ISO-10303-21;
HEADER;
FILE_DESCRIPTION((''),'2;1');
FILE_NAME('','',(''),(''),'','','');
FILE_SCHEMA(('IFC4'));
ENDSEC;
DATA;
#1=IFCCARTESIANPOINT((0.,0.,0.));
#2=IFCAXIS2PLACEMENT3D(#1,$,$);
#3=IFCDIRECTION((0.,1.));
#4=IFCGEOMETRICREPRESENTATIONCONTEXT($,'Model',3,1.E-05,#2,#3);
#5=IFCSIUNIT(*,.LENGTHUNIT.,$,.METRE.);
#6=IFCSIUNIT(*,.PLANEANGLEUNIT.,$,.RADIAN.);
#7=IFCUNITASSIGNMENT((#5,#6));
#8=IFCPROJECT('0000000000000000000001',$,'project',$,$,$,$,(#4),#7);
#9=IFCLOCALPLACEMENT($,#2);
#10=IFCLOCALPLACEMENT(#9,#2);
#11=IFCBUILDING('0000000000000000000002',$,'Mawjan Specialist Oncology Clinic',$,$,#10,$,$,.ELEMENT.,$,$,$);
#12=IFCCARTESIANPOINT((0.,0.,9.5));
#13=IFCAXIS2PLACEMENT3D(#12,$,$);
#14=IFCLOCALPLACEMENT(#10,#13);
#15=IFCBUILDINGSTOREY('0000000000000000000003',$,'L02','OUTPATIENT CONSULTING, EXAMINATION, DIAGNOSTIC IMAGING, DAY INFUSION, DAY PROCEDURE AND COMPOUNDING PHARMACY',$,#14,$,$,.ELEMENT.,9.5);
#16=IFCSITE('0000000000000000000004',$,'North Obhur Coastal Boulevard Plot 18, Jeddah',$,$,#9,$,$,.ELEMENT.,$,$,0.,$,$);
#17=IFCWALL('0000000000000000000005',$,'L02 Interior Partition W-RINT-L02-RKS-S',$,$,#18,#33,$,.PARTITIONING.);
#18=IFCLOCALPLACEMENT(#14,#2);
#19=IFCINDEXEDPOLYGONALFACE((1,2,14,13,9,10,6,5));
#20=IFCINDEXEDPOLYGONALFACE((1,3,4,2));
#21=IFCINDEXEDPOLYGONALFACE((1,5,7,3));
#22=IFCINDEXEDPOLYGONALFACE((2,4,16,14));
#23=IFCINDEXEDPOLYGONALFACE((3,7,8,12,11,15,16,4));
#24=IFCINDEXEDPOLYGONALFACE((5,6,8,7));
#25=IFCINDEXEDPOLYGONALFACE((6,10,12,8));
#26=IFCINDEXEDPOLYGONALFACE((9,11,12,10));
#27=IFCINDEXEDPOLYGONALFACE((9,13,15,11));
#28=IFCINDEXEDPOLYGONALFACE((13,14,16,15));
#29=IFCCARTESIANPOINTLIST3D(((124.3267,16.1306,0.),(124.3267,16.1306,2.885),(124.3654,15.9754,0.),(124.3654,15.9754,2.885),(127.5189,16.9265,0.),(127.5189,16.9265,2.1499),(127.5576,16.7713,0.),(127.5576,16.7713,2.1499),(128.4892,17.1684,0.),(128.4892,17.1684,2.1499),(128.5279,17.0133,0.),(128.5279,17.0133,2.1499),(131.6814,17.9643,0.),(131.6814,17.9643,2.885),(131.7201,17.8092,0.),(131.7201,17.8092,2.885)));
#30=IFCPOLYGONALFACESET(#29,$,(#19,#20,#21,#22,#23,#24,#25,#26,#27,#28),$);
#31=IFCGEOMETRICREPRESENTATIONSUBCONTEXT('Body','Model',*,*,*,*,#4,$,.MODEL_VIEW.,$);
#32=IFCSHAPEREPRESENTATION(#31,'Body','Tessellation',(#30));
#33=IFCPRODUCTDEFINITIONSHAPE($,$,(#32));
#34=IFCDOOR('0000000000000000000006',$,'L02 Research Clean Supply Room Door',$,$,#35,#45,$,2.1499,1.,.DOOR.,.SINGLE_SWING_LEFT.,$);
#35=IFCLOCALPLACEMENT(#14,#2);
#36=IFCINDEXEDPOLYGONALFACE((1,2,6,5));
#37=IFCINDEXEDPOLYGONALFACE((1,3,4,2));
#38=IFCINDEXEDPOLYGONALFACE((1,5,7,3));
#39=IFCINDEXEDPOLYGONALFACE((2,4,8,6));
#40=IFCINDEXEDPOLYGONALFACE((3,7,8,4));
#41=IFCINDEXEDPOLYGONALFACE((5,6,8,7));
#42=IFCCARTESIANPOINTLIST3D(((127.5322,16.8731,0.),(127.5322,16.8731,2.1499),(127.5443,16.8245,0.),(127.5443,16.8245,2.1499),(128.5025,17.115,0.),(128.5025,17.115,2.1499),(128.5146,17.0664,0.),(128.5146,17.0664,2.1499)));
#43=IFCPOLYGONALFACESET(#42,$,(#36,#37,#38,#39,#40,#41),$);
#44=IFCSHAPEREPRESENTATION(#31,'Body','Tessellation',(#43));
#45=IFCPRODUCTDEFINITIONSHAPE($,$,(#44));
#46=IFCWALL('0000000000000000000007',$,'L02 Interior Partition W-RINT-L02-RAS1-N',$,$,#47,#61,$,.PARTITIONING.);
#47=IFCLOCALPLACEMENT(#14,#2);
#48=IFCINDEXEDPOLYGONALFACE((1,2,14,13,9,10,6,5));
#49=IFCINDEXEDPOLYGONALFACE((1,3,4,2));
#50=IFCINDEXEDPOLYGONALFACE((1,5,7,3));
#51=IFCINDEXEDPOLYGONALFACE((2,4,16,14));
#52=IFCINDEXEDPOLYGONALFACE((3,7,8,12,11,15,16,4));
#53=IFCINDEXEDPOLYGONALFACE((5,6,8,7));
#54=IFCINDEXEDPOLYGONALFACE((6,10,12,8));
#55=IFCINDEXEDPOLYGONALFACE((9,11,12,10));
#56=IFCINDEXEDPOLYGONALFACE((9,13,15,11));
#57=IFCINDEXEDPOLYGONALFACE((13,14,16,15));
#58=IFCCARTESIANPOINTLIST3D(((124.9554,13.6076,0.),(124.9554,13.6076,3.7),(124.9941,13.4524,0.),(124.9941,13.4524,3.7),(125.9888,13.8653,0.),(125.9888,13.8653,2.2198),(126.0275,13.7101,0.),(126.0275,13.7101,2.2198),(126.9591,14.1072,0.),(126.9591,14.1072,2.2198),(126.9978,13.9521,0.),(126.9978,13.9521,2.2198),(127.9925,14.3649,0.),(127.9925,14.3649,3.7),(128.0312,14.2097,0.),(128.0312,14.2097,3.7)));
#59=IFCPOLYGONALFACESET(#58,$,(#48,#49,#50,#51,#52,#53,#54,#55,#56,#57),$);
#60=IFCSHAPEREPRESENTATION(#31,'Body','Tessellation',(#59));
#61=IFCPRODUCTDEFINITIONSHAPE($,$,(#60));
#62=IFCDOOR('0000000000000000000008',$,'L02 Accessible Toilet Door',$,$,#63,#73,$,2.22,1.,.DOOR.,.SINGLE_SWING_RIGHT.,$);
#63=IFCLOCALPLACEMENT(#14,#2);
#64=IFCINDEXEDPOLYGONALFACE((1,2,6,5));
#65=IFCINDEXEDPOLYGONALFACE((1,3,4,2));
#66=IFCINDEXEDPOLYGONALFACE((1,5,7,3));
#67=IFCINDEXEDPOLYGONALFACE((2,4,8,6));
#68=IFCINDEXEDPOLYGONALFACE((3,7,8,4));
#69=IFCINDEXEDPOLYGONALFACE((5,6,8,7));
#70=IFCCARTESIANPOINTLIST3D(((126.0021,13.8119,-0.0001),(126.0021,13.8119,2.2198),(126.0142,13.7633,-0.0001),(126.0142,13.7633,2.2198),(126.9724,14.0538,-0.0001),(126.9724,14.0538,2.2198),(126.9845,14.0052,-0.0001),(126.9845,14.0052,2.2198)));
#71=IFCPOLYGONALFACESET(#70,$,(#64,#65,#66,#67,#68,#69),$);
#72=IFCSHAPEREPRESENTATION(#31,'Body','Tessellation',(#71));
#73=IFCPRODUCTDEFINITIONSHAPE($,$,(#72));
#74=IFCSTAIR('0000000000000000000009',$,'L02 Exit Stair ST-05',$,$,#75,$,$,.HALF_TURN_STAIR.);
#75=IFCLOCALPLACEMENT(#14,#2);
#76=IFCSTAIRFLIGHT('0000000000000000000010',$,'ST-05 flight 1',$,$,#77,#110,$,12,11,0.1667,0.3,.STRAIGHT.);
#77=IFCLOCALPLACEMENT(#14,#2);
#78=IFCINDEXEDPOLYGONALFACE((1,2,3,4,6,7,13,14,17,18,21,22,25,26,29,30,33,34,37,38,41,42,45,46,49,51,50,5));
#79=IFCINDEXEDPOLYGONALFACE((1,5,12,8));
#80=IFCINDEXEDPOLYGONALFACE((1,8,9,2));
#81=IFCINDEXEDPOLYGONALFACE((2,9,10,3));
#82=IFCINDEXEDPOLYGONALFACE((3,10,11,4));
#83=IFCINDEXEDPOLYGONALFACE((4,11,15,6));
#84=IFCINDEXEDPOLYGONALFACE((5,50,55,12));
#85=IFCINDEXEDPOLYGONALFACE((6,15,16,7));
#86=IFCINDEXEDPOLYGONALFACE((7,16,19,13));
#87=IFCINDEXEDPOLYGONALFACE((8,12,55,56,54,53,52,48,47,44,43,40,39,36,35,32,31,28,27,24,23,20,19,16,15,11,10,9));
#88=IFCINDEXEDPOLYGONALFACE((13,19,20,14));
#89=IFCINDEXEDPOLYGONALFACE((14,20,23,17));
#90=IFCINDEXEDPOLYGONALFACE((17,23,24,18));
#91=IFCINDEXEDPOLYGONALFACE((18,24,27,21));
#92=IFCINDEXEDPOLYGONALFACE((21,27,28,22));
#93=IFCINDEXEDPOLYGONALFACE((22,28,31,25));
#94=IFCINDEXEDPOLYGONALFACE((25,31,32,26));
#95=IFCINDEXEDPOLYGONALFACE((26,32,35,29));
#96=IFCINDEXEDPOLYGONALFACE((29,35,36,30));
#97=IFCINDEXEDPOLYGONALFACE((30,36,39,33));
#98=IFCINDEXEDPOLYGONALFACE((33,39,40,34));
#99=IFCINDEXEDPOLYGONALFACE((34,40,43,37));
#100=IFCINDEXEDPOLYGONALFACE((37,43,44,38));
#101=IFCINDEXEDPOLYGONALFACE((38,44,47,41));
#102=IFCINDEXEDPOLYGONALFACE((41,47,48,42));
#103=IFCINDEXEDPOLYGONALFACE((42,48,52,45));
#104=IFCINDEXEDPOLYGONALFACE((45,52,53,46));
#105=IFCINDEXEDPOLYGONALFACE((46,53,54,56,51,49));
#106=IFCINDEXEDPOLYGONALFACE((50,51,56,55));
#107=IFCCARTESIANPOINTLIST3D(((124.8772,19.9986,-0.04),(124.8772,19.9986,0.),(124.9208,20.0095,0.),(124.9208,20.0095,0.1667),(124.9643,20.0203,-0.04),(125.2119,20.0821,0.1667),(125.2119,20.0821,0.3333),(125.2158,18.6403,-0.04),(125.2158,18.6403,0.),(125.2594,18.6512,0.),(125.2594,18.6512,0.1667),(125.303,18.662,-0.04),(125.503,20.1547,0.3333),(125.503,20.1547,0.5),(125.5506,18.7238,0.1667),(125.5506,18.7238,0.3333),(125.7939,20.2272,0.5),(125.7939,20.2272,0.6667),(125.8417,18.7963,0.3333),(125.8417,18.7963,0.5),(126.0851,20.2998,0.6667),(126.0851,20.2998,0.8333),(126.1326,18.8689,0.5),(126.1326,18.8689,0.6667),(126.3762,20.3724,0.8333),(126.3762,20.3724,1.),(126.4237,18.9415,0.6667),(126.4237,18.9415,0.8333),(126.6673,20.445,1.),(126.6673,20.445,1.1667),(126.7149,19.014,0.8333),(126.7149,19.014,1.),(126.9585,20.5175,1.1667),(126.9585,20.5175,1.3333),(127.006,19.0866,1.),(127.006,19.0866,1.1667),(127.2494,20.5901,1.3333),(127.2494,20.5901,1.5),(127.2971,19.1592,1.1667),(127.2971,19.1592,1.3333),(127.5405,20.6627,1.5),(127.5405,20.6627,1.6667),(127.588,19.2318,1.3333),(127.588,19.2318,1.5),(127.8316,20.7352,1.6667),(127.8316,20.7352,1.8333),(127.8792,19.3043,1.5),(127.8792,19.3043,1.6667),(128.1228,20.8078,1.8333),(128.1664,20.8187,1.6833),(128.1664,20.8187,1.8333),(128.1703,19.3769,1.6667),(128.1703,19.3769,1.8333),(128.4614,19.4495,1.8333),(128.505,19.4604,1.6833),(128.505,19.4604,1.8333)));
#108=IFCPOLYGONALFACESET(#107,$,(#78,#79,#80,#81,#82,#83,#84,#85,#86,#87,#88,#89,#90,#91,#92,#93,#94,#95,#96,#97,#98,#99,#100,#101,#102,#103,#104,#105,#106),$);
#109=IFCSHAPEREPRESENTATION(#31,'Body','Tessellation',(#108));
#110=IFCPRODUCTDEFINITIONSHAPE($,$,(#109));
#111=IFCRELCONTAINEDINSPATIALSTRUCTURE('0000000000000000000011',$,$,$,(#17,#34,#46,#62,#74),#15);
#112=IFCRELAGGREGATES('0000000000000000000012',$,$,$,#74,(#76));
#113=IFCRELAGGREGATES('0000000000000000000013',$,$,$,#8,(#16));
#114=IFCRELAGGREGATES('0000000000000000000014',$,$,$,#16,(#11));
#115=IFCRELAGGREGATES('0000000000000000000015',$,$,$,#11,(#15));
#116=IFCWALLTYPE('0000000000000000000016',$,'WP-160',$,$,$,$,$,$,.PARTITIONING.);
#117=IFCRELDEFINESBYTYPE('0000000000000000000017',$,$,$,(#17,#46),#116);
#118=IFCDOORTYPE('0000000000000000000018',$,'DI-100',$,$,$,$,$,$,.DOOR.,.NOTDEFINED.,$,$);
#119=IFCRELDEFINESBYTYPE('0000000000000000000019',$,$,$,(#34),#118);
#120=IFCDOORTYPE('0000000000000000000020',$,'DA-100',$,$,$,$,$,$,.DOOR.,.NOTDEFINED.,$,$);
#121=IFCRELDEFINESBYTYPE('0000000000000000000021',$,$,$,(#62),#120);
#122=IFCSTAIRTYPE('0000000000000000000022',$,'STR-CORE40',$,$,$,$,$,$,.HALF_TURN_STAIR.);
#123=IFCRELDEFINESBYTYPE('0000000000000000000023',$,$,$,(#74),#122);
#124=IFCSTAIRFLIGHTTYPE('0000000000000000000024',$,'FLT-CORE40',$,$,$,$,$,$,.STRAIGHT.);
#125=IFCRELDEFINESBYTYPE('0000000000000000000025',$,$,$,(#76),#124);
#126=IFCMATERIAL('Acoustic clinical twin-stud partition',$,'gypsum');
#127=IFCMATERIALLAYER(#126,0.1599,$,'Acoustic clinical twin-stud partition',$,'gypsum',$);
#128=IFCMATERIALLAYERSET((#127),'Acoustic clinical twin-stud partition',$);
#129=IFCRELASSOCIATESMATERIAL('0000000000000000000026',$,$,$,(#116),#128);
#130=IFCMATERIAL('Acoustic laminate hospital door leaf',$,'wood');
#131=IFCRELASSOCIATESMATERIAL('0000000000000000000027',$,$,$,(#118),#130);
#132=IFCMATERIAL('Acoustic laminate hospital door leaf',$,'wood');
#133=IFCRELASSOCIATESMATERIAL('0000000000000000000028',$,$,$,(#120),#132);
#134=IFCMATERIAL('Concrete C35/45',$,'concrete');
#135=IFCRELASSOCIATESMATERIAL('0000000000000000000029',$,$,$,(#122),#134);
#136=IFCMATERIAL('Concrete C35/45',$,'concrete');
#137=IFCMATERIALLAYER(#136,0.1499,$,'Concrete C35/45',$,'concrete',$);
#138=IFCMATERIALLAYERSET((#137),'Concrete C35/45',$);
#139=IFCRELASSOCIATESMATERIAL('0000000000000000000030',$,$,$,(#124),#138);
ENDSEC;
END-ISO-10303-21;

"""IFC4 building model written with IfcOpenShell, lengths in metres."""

from ifc_helpers import new_model, si_unit, direction, frame, frame_2d, origin, place, context, subcontext, project, spatial, polyline, rectangle, outline, extrude, material, layer, layer_set, type_object, element, fill, aggregate, save


model = new_model("IFC4")

# Units and contexts
model_context = context("Model", 3, precision=1e-05, world=origin(), true_north=direction((0.0, 1.0)))
body_context = subcontext(model_context, "Body", "Model", "MODEL_VIEW")
ifc_project = project(units=[si_unit("LENGTHUNIT", "METRE"), si_unit("PLANEANGLEUNIT", "RADIAN")], contexts=[model_context])

# Site, building, storey
site_placement = place(None, origin())
site = spatial("IfcSite", under=ifc_project, at=site_placement, Name="North Obhur Coastal Boulevard Plot 18, Jeddah", CompositionType="ELEMENT", RefElevation=0.0)
building_placement = place(site_placement, origin())
building = spatial("IfcBuilding", under=site, at=building_placement, Name="Mawjan Specialist Oncology Clinic", CompositionType="ELEMENT")
storey_placement = place(building_placement, frame((0.0, 0.0, 9.5)))
storey = spatial("IfcBuildingStorey", under=building, at=storey_placement, Name="L02", Description="OUTPATIENT CONSULTING, EXAMINATION, DIAGNOSTIC IMAGING, DAY INFUSION, DAY PROCEDURE AND COMPOUNDING PHARMACY", CompositionType="ELEMENT", Elevation=9.5)

# Walls, openings, doors
ifc_material_1 = material(Name="Acoustic clinical twin-stud partition", Category="gypsum")
ifc_layer_1 = layer(ifc_material_1, 0.1599, Name="Acoustic clinical twin-stud partition", Category="gypsum")
ifc_layer_set_1 = layer_set([ifc_layer_1], Name="Acoustic clinical twin-stud partition")
wall_type_1 = type_object("IfcWallType", Name="WP-160", PredefinedType="PARTITIONING", material=ifc_layer_set_1)
wall_1_placement = place(storey_placement, frame((124.3459, 16.053, 0.0), z_axis=(0.0, 0.0, 1.0), x_axis=(0.970296, 0.241922, 0.0)))
wall_1 = element("IfcWall", 1, at=wall_1_placement, inside=storey, type_object=wall_type_1, Name="L02 Interior Partition W-RINT-L02-RKS-S", PredefinedType="PARTITIONING", context=body_context, shape_type="SweptSolid", body=[
    extrude(rectangle(XDim=7.5798, YDim=0.1599, at=frame_2d((3.79, 0.0))), origin(), (0.0, 0.0, 1.0), 2.885),
])
opening_1_placement = place(wall_1_placement, frame((3.29, 0.0, 0.0)))
opening_1 = element("IfcOpeningElement", 2, at=opening_1_placement, cuts=wall_1, PredefinedType="OPENING", context=body_context, shape_type="SweptSolid", body=[
    extrude(rectangle(XDim=1.0, YDim=2.1499, at=frame_2d((0.5, 1.075))), frame((0.0, 0.092, 0.0), z_axis=(0.0, -1.0, 0.0), x_axis=(1.0, 0.0, 0.0)), (0.0, 0.0, 1.0), 0.1838),
])
ifc_material_2 = material(Name="Acoustic laminate hospital door leaf", Category="wood")
door_type_1 = type_object("IfcDoorType", Name="DI-100", OperationType="NOTDEFINED", PredefinedType="DOOR", material=ifc_material_2)
door_1_placement = place(opening_1_placement, origin())
door_1 = element("IfcDoor", 3, at=door_1_placement, inside=storey, type_object=door_type_1, Name="L02 Research Clean Supply Room Door", OperationType="SINGLE_SWING_LEFT", OverallHeight=2.1499, OverallWidth=1.0, PredefinedType="DOOR", context=body_context, shape_type="SweptSolid", body=[
    extrude(rectangle(XDim=1.0, YDim=2.1499, at=frame_2d((0.5, 1.075))), frame((0.0, 0.0249, 0.0), z_axis=(0.0, -1.0, 0.0), x_axis=(1.0, 0.0, 0.0)), (0.0, 0.0, 1.0), 0.05),
])
fill(opening_1, door_1)
wall_2_placement = place(storey_placement, frame((124.9749, 13.53, 0.0), z_axis=(0.0, 0.0, 1.0), x_axis=(0.970289, 0.241948, 0.0)))
wall_2 = element("IfcWall", 4, at=wall_2_placement, inside=storey, type_object=wall_type_1, Name="L02 Interior Partition W-RINT-L02-RAS1-N", PredefinedType="PARTITIONING", context=body_context, shape_type="SweptSolid", body=[
    extrude(rectangle(XDim=3.1301, YDim=0.1599, at=frame_2d((1.5649, 0.0))), origin(), (0.0, 0.0, 1.0), 3.7),
])
opening_2_placement = place(wall_2_placement, frame((1.0649, 0.0, 0.0)))
opening_2 = element("IfcOpeningElement", 5, at=opening_2_placement, cuts=wall_2, PredefinedType="OPENING", context=body_context, shape_type="SweptSolid", body=[
    extrude(rectangle(XDim=1.0, YDim=2.22, at=frame_2d((0.5, 1.1099))), frame((0.0, 0.092, 0.0), z_axis=(0.0, -1.0, 0.0), x_axis=(1.0, 0.0, 0.0)), (0.0, 0.0, 1.0), 0.1838),
])
ifc_material_3 = material(Name="Acoustic laminate hospital door leaf", Category="wood")
door_type_2 = type_object("IfcDoorType", Name="DA-100", OperationType="NOTDEFINED", PredefinedType="DOOR", material=ifc_material_3)
door_2_placement = place(opening_2_placement, origin())
door_2 = element("IfcDoor", 6, at=door_2_placement, inside=storey, type_object=door_type_2, Name="L02 Accessible Toilet Door", OperationType="SINGLE_SWING_RIGHT", OverallHeight=2.22, OverallWidth=1.0, PredefinedType="DOOR", context=body_context, shape_type="SweptSolid", body=[
    extrude(rectangle(XDim=1.0, YDim=2.22, at=frame_2d((0.5, 1.1099))), frame((0.0, 0.0249, 0.0), z_axis=(0.0, -1.0, 0.0), x_axis=(1.0, 0.0, 0.0)), (0.0, 0.0, 1.0), 0.05),
])
fill(opening_2, door_2)

# Stair, stair flight
ifc_material_4 = material(Name="Concrete C35/45", Category="concrete")
stair_type = type_object("IfcStairType", Name="STR-CORE40", PredefinedType="HALF_TURN_STAIR", material=ifc_material_4)
stair_placement = place(storey_placement, origin())
stair = element("IfcStair", 7, at=stair_placement, inside=storey, type_object=stair_type, Name="L02 Exit Stair ST-05", PredefinedType="HALF_TURN_STAIR")
ifc_material_5 = material(Name="Concrete C35/45", Category="concrete")
ifc_layer_2 = layer(ifc_material_5, 0.1499, Name="Concrete C35/45", Category="concrete")
ifc_layer_set_2 = layer_set([ifc_layer_2], Name="Concrete C35/45")
stair_flight_type = type_object("IfcStairFlightType", Name="FLT-CORE40", PredefinedType="STRAIGHT", material=ifc_layer_set_2)
stair_flight_placement = place(storey_placement, frame((125.0901, 19.3303, 0.0), z_axis=(0.0, 0.0, 1.0), x_axis=(0.970296, 0.241922, 0.0)))
stair_flight = element("IfcStairFlight", 8, at=stair_flight_placement, type_object=stair_flight_type, Name="ST-05 flight 1", NumberOfRisers=12, NumberOfTreads=11, PredefinedType="STRAIGHT", RiserHeight=0.1667, TreadLength=0.3, context=body_context, shape_type="SweptSolid", body=[
    extrude(outline(polyline([(-0.0449, -0.04), (-0.0449, 0.0), (0.0, 0.0), (0.0, 0.1667), (0.3, 0.1667), (0.3, 0.3333), (0.6001, 0.3333), (0.6001, 0.5), (0.8999, 0.5), (0.8999, 0.6667), (1.2, 0.6667), (1.2, 0.8333), (1.5, 0.8333), (1.5, 1.0), (1.8, 1.0), (1.8, 1.1667), (2.1001, 1.1667), (2.1001, 1.3333), (2.3999, 1.3333), (2.3999, 1.5), (2.7, 1.5), (2.7, 1.6667), (3.0, 1.6667), (3.0, 1.8333), (3.3, 1.8333), (3.345, 1.8333), (3.345, 1.6833), (0.0449, -0.04), (-0.0449, -0.04)])), frame((0.0, 0.7, 0.0), z_axis=(0.0, -1.0, 0.0), x_axis=(1.0, 0.0, 0.0)), (0.0, 0.0, 1.0), 1.3999),
])
aggregate(stair, [stair_flight])

save(model, "model.ifc")
